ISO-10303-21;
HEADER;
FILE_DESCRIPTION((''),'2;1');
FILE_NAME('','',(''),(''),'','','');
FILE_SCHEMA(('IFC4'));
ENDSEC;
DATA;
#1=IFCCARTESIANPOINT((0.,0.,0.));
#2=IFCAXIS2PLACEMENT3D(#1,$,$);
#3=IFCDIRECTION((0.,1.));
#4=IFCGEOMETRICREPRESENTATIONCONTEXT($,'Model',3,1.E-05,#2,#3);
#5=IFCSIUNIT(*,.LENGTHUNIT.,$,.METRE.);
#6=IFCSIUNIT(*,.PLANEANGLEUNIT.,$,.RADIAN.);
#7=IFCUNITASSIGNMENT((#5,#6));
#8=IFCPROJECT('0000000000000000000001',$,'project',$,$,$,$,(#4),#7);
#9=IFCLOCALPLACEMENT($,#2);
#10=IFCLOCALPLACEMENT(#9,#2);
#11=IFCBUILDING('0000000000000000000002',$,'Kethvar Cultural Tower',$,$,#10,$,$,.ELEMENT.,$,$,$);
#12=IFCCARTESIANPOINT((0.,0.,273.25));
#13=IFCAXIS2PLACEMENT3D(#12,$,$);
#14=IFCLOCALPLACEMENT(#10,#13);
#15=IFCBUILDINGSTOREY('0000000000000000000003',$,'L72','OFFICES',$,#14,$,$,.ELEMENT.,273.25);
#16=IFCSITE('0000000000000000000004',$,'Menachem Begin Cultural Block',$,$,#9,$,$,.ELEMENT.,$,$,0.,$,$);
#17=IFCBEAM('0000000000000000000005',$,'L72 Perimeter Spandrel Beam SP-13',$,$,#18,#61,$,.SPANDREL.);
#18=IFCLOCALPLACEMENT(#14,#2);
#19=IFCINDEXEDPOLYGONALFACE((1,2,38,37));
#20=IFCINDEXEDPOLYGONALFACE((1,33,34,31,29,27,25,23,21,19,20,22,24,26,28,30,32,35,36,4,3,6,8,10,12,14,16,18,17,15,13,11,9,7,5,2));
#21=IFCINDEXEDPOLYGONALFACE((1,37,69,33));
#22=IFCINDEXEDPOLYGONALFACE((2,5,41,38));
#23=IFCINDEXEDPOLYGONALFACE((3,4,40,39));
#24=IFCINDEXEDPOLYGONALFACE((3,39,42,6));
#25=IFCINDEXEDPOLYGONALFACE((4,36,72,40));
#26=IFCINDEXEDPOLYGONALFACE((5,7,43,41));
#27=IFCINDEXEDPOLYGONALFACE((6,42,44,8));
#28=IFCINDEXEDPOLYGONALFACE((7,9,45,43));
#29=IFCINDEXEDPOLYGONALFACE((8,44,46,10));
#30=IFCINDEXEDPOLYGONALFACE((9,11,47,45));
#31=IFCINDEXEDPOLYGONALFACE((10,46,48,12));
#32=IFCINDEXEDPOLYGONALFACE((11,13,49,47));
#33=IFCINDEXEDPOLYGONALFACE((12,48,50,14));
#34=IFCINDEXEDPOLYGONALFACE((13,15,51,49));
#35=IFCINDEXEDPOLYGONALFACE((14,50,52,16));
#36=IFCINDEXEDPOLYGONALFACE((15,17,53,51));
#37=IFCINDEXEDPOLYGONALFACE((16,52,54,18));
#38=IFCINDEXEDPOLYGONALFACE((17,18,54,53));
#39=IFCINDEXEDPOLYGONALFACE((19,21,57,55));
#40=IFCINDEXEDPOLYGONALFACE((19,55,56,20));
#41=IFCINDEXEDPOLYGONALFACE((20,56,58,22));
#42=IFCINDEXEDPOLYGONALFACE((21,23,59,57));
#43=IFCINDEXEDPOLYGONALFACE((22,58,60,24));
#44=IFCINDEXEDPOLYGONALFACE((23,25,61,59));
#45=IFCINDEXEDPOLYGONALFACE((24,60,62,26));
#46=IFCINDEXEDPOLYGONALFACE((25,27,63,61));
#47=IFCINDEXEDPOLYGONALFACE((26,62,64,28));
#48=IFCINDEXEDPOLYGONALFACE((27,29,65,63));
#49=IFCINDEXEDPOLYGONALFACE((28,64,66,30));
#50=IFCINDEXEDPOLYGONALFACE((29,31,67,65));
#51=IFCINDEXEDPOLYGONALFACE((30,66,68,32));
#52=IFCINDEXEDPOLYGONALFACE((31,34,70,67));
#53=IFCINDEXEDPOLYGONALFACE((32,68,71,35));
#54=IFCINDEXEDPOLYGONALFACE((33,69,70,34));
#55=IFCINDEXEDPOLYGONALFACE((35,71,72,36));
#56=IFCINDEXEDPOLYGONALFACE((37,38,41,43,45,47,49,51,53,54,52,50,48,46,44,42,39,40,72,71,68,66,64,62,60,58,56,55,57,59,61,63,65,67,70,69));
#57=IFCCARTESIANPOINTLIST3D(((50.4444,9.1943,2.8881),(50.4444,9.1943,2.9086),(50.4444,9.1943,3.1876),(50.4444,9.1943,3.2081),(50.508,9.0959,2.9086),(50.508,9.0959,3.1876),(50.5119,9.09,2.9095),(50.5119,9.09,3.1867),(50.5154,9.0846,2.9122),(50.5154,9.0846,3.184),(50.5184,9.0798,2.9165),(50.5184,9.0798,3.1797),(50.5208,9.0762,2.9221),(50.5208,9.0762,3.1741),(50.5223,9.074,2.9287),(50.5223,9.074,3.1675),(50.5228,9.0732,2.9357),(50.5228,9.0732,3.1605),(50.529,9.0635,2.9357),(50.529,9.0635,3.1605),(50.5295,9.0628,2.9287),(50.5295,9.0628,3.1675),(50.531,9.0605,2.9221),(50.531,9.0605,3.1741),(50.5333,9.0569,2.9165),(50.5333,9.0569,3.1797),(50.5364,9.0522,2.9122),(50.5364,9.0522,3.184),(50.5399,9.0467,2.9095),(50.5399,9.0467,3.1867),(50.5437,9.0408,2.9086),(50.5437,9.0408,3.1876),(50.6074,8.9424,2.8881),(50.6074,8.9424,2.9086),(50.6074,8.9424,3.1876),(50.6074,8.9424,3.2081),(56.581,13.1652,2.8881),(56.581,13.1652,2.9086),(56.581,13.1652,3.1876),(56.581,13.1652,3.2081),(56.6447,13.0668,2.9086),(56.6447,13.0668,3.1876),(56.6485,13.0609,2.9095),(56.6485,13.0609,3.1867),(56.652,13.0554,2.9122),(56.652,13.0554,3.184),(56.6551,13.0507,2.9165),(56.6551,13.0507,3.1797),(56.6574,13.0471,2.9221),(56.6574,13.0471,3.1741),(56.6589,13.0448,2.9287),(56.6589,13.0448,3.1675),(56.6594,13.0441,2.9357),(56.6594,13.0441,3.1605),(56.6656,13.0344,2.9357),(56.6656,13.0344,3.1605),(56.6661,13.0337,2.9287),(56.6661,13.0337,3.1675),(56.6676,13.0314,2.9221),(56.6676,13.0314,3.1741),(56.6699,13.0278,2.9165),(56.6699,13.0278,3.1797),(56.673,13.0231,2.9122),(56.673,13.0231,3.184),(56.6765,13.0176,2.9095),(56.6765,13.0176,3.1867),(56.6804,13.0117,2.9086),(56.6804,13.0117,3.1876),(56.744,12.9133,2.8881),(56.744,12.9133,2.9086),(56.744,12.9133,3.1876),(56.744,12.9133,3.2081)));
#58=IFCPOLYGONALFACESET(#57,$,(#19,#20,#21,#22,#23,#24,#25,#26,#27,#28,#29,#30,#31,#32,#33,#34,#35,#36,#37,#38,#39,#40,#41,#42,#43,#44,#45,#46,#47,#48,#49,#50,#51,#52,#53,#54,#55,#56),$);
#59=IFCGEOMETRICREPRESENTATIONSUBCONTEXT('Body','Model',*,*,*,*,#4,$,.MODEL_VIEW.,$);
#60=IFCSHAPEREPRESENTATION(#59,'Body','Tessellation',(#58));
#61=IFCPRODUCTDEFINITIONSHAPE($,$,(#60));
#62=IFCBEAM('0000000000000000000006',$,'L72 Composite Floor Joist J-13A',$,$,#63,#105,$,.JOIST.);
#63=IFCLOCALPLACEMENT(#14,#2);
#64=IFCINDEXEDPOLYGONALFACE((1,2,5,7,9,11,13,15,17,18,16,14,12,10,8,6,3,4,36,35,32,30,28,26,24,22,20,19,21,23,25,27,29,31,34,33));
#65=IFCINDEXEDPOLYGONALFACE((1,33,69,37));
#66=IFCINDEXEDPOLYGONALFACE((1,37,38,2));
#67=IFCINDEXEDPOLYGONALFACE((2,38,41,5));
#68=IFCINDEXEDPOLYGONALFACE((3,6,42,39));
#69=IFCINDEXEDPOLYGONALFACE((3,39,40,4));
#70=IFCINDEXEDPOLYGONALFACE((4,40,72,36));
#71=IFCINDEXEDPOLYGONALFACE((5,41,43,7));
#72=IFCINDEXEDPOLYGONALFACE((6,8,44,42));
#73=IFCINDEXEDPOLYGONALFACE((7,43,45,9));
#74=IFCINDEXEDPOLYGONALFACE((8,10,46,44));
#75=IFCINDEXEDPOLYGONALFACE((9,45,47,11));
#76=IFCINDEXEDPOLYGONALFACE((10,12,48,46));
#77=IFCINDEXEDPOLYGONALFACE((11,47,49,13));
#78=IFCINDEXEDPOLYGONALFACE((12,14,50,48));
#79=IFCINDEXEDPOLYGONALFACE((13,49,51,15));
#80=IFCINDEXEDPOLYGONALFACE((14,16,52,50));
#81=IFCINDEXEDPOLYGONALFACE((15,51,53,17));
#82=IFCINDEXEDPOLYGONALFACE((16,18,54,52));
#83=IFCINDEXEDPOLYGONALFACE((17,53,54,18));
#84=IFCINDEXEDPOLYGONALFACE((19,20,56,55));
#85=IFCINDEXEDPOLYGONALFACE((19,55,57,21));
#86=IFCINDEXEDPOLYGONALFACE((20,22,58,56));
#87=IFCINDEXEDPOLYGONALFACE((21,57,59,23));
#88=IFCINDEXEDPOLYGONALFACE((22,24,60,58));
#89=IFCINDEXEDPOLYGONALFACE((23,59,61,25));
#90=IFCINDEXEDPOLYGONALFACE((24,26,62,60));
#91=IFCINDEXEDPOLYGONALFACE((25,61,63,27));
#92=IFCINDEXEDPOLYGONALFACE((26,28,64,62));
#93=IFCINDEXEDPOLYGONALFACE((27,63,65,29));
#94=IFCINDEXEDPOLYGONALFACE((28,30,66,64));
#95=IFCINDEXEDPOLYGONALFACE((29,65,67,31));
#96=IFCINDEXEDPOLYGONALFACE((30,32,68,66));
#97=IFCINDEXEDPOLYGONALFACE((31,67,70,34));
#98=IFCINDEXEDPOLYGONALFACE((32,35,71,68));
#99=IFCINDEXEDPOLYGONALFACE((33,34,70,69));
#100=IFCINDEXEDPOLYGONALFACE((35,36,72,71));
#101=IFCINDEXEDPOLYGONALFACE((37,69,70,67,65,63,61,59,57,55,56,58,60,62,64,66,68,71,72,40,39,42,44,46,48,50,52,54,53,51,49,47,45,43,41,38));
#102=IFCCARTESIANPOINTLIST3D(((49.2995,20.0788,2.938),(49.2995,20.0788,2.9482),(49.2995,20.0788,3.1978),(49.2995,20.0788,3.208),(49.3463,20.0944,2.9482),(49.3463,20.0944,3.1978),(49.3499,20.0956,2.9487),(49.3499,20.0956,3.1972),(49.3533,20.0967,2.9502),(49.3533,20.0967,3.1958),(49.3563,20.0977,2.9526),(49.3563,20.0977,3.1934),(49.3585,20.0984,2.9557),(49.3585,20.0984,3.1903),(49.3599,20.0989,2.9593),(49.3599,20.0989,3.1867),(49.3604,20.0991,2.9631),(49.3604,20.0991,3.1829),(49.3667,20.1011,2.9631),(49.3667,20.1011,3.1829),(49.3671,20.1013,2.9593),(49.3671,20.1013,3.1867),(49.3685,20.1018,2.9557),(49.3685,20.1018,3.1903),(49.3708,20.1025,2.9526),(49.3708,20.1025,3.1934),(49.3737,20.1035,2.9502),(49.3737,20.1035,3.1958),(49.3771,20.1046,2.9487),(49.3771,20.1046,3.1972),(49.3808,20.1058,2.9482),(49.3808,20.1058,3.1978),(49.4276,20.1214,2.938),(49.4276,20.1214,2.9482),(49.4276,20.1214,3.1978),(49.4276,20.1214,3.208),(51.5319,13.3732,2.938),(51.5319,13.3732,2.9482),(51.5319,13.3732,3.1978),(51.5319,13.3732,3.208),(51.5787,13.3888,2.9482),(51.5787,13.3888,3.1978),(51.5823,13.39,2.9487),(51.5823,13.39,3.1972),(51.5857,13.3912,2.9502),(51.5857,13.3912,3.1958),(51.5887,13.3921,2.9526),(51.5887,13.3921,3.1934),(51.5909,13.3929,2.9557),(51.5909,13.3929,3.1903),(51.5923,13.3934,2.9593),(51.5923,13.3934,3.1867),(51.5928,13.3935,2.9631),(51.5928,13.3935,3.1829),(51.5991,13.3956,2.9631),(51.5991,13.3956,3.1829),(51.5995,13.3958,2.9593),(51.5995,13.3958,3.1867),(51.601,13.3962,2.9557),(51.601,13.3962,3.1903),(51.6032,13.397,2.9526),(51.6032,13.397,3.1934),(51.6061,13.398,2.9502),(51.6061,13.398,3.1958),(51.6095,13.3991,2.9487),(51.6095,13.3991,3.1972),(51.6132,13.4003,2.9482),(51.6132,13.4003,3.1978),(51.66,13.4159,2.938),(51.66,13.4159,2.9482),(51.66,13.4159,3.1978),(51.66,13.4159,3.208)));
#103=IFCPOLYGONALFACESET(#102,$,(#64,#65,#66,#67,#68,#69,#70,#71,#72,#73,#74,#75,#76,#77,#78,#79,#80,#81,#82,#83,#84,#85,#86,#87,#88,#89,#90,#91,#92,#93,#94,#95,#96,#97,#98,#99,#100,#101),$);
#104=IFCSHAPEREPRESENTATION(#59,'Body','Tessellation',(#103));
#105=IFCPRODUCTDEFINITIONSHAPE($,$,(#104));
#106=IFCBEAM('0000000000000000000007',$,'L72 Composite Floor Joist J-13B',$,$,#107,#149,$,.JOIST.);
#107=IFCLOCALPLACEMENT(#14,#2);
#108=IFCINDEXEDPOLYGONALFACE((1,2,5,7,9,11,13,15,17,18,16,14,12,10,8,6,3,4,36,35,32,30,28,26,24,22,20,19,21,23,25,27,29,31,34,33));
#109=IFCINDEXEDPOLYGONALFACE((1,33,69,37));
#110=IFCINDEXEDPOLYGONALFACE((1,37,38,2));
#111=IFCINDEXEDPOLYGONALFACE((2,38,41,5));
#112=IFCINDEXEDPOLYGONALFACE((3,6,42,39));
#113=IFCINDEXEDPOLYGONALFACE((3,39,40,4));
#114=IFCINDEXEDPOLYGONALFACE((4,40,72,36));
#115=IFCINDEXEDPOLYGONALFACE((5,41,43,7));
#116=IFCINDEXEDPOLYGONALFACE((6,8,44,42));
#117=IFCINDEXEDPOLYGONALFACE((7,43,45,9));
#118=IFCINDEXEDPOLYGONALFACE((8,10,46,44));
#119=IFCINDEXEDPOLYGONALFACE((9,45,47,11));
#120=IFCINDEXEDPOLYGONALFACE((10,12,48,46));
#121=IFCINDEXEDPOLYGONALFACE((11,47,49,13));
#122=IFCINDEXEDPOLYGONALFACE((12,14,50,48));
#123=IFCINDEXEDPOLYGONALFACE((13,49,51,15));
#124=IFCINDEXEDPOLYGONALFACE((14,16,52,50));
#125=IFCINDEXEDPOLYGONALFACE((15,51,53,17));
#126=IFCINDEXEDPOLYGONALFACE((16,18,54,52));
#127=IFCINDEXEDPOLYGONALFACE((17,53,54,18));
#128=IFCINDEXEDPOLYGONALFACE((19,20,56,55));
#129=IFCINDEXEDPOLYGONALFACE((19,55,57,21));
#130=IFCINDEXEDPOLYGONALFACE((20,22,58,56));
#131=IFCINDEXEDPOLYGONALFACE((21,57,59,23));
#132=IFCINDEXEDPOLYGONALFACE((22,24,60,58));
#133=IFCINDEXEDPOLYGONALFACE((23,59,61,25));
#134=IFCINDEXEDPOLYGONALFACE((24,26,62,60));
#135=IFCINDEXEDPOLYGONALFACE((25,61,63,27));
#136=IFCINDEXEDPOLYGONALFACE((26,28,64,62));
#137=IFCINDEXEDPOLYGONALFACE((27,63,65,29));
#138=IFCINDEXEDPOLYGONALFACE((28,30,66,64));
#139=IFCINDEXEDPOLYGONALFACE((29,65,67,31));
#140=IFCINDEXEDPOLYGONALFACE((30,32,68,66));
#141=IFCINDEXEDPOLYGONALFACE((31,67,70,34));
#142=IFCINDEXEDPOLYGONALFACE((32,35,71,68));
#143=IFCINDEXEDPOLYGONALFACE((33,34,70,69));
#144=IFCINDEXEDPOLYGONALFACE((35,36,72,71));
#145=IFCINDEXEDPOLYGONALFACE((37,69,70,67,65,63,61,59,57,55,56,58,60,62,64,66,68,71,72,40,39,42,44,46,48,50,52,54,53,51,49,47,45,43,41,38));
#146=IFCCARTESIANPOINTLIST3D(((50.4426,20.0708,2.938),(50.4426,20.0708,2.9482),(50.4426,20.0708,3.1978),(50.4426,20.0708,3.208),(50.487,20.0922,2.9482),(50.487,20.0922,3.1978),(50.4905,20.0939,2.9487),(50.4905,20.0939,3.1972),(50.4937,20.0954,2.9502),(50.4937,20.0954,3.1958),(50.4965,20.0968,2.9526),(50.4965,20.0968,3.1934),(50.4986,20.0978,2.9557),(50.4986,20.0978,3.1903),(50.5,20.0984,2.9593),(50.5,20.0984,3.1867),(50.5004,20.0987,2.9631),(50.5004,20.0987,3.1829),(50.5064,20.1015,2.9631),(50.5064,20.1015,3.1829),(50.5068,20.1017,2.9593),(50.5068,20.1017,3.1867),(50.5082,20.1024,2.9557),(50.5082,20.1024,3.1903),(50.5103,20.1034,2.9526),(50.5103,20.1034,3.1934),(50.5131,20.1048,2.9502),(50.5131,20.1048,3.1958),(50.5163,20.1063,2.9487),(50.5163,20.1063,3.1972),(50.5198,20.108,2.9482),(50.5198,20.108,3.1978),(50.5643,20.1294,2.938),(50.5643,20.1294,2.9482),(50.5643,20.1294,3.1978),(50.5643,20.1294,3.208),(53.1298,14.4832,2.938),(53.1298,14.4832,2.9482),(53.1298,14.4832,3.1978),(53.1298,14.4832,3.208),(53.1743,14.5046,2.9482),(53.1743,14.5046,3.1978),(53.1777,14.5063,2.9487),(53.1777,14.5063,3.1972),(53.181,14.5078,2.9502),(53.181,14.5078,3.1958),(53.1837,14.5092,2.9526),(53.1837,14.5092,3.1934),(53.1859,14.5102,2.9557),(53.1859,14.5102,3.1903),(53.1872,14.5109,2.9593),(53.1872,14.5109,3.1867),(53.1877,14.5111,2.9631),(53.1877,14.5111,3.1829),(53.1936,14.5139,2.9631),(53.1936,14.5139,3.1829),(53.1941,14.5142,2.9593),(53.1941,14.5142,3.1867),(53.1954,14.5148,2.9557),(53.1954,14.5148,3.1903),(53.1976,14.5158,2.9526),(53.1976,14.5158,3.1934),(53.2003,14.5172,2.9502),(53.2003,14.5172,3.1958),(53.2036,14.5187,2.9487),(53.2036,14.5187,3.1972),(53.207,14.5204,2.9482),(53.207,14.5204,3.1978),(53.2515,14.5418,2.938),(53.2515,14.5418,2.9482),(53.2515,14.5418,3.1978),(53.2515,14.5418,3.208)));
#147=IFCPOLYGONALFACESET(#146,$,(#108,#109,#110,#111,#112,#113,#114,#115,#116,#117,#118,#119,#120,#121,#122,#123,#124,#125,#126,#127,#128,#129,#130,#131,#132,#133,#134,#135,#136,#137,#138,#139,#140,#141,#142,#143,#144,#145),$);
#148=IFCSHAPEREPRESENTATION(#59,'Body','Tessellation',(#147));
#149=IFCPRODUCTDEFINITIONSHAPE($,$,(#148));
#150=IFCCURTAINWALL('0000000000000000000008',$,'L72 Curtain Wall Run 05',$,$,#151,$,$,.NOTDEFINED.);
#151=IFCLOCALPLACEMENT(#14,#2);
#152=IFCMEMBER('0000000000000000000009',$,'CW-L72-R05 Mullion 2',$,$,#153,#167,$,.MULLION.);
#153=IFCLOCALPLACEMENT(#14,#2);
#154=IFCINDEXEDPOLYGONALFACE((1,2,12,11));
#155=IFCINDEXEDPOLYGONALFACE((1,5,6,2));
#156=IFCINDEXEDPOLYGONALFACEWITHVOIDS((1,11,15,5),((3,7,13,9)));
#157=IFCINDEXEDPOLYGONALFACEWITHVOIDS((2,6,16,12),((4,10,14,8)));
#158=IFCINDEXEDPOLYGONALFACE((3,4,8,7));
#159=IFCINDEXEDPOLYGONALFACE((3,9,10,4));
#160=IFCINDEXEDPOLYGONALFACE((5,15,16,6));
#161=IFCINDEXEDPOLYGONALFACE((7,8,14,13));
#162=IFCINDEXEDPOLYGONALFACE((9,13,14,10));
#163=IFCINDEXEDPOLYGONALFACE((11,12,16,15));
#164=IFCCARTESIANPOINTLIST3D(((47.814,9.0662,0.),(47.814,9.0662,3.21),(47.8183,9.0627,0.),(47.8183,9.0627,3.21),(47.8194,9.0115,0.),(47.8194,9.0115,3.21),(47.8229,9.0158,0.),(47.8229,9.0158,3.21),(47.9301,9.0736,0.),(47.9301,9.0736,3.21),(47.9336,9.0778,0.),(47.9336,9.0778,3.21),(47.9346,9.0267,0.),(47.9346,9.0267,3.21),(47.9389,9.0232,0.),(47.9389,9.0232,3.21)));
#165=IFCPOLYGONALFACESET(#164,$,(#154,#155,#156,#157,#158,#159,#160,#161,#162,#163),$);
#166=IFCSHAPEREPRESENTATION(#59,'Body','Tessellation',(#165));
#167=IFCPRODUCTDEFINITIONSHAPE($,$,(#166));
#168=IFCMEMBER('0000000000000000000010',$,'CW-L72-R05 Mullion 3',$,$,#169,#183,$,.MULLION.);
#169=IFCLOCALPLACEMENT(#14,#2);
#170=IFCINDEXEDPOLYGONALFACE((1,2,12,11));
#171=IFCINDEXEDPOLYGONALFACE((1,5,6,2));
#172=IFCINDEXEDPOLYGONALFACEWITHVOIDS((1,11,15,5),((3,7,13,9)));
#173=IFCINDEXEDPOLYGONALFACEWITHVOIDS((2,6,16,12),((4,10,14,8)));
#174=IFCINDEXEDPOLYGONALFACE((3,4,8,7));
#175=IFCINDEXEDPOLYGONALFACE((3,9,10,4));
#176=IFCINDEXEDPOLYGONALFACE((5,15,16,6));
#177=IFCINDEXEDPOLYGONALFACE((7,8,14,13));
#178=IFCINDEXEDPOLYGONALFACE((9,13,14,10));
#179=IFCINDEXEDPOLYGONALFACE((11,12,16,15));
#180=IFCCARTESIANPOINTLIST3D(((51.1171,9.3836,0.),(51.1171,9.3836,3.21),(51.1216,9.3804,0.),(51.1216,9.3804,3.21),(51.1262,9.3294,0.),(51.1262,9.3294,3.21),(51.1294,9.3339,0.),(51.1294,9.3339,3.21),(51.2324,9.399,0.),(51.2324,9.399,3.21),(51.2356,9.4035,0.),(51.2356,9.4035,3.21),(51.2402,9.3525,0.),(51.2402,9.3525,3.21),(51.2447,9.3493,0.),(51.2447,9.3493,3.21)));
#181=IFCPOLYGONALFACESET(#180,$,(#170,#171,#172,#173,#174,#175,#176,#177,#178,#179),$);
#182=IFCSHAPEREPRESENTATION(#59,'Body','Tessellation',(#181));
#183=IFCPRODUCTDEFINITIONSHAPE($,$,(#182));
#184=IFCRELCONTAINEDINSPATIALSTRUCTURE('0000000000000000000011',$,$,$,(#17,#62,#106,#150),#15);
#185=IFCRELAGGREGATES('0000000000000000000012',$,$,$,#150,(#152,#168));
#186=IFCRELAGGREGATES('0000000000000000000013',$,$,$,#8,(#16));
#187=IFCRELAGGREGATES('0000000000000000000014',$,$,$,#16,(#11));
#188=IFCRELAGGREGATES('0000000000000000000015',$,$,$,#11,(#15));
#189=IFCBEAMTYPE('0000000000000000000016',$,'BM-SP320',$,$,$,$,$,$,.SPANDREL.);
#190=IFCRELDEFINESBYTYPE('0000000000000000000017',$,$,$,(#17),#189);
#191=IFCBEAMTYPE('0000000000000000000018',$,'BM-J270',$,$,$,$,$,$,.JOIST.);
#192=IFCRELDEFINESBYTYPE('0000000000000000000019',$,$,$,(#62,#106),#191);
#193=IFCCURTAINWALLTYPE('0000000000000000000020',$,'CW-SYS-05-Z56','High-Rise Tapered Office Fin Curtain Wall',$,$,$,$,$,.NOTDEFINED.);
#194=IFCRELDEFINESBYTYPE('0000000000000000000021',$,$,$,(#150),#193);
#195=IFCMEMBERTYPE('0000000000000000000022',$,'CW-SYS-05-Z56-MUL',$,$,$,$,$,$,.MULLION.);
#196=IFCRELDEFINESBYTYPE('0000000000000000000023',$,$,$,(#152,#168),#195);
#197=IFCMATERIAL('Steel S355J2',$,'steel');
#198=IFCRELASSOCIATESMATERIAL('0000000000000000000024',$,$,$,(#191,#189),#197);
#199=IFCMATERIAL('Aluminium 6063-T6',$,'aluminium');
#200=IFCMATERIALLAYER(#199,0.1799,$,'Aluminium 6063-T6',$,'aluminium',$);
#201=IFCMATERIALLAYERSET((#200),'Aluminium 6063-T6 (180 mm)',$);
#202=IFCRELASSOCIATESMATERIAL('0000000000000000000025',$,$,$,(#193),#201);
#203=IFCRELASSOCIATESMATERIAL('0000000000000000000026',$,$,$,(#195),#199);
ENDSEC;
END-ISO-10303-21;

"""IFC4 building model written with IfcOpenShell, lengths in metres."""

from ifc_helpers import new_model, si_unit, direction, frame, origin, origin_2d, place, context, subcontext, project, spatial, hollow_rectangle, i_section, extrude, source, transform, mapped, material, layer, layer_set, material_profile, profile_set, type_object, element, aggregate, save


model = new_model("IFC4")

# Units and contexts
model_context = context("Model", 3, precision=1e-05, world=origin(), true_north=direction((0.0, 1.0)))
body_context = subcontext(model_context, "Body", "Model", "MODEL_VIEW")
ifc_project = project(units=[si_unit("LENGTHUNIT", "METRE"), si_unit("PLANEANGLEUNIT", "RADIAN")], contexts=[model_context])

# Site, building, storey
site_placement = place(None, origin())
site = spatial("IfcSite", under=ifc_project, at=site_placement, Name="Menachem Begin Cultural Block", CompositionType="ELEMENT", RefElevation=0.0)
building_placement = place(site_placement, origin())
building = spatial("IfcBuilding", under=site, at=building_placement, Name="Kethvar Cultural Tower", CompositionType="ELEMENT")
storey_placement = place(building_placement, frame((0.0, 0.0, 273.25)))
storey = spatial("IfcBuildingStorey", under=building, at=storey_placement, Name="L72", Description="OFFICES", CompositionType="ELEMENT", Elevation=273.25)

# Shared definitions
ifc_material_1 = material(Name="Steel S355J2", Category="steel")

# Beams
ifc_material_profile_1 = material_profile(ifc_material_1, i_section(OverallWidth=0.135, OverallDepth=0.27, WebThickness=0.0066, FlangeThickness=0.0103, FilletRadius=0.0149, at=origin_2d()), Name="Steel S355J2 — IPE270")
ifc_profile_set_1 = profile_set([ifc_material_profile_1], Name="Steel S355J2 — IPE270")
beam_type_1 = type_object("IfcBeamType", Name="BM-J270", PredefinedType="JOIST", material=ifc_profile_set_1)
ifc_material_profile_2 = material_profile(ifc_material_1, i_section(OverallWidth=0.3, OverallDepth=0.3201, WebThickness=0.0115, FlangeThickness=0.0205, FilletRadius=0.0271, at=origin_2d()), Name="Steel S355J2 — HEB320")
ifc_profile_set_2 = profile_set([ifc_material_profile_2], Name="Steel S355J2 — HEB320")
beam_type_2 = type_object("IfcBeamType", Name="BM-SP320", PredefinedType="SPANDREL", material=ifc_profile_set_2)
shared_shape_1 = source(origin(), body_context, "Body", "SweptSolid", [
    extrude(i_section(OverallWidth=0.3, OverallDepth=0.3201, WebThickness=0.0115, FlangeThickness=0.0205, FilletRadius=0.0271, at=origin_2d()), origin(), (0.0, 0.0, 1.0), 7.3093),
])
beam_1_placement = place(storey_placement, frame((50.5259, 9.0684, 3.0481), z_axis=(0.839562, 0.543264, 0.0), x_axis=(-0.543264, 0.839562, 0.0)))
element("IfcBeam", 1, at=beam_1_placement, inside=storey, type_object=beam_type_2, Name="L72 Perimeter Spandrel Beam SP-13", PredefinedType="SPANDREL", context=body_context, shape_type="MappedRepresentation", body=[
    mapped(shared_shape_1, transform((0.0, 0.0, 0.0), scale=1.0)),
])
shared_shape_2 = source(origin(), body_context, "Body", "SweptSolid", [
    extrude(i_section(OverallWidth=0.135, OverallDepth=0.27, WebThickness=0.0066, FlangeThickness=0.0103, FilletRadius=0.0149, at=origin_2d()), origin(), (0.0, 0.0, 1.0), 7.0674),
])
beam_2_placement = place(storey_placement, frame((49.3635, 20.1001, 3.073), z_axis=(0.315875, -0.948801, 0.0), x_axis=(0.948801, 0.315875, 0.0)))
element("IfcBeam", 2, at=beam_2_placement, inside=storey, type_object=beam_type_1, Name="L72 Composite Floor Joist J-13A", PredefinedType="JOIST", context=body_context, shape_type="MappedRepresentation", body=[
    mapped(shared_shape_2, transform((0.0, 0.0, 0.0), scale=1.0)),
])
shared_shape_3 = source(origin(), body_context, "Body", "SweptSolid", [
    extrude(i_section(OverallWidth=0.135, OverallDepth=0.27, WebThickness=0.0066, FlangeThickness=0.0103, FilletRadius=0.0149, at=origin_2d()), origin(), (0.0, 0.0, 1.0), 6.2002),
])
beam_3_placement = place(storey_placement, frame((50.5034, 20.1001, 3.073), z_axis=(0.433411, -0.901197, 0.0), x_axis=(0.901197, 0.433411, 0.0)))
element("IfcBeam", 3, at=beam_3_placement, inside=storey, type_object=beam_type_1, Name="L72 Composite Floor Joist J-13B", PredefinedType="JOIST", context=body_context, shape_type="MappedRepresentation", body=[
    mapped(shared_shape_3, transform((0.0, 0.0, 0.0), scale=1.0)),
])

# Curtain wall, members
ifc_material_2 = material(Name="Aluminium 6063-T6", Category="aluminium")
ifc_layer_1 = layer(ifc_material_2, 0.1799, Name="Aluminium 6063-T6", Category="aluminium")
ifc_layer_set_1 = layer_set([ifc_layer_1], Name="Aluminium 6063-T6 (180 mm)")
curtain_wall_type = type_object("IfcCurtainWallType", Name="CW-SYS-05-Z56", Description="High-Rise Tapered Office Fin Curtain Wall", PredefinedType="NOTDEFINED", material=ifc_layer_set_1)
curtain_wall_placement = place(storey_placement, origin())
curtain_wall = element("IfcCurtainWall", 4, at=curtain_wall_placement, inside=storey, type_object=curtain_wall_type, Name="L72 Curtain Wall Run 05", PredefinedType="NOTDEFINED")
ifc_material_profile_3 = material_profile(ifc_material_2, hollow_rectangle(XDim=0.0549, YDim=0.1201, WallThickness=0.0039, at=origin_2d()), Name="Aluminium 6063-T6 — RHS120x55x4")
ifc_profile_set_3 = profile_set([ifc_material_profile_3], Name="Aluminium 6063-T6 — RHS120x55x4")
member_type_1 = type_object("IfcMemberType", Name="CW-SYS-05-Z56-MUL", PredefinedType="MULLION", material=ifc_profile_set_3)
shared_shape_4 = source(origin(), body_context, "Body", "SweptSolid", [
    extrude(hollow_rectangle(XDim=0.0549, YDim=0.1201, WallThickness=0.0039, at=origin_2d()), origin(), (0.0, 0.0, 1.0), 3.21),
])
member_1_placement = place(storey_placement, frame((47.8765, 9.0447, 0.0), z_axis=(0.0, 0.0, 1.0), x_axis=(-0.097027, 0.995282, 0.0)))
member_1 = element("IfcMember", 5, at=member_1_placement, type_object=member_type_1, Name="CW-L72-R05 Mullion 2", PredefinedType="MULLION", context=body_context, shape_type="MappedRepresentation", body=[
    mapped(shared_shape_4, transform((0.0, 0.0, 0.0), scale=1.0)),
])
member_2_placement = place(storey_placement, frame((51.1809, 9.3665, 0.0), z_axis=(0.0, 0.0, 1.0), x_axis=(-0.165977, 0.98613, 0.0)))
member_2 = element("IfcMember", 6, at=member_2_placement, type_object=member_type_1, Name="CW-L72-R05 Mullion 3", PredefinedType="MULLION", context=body_context, shape_type="MappedRepresentation", body=[
    mapped(shared_shape_4, transform((0.0, 0.0, 0.0), scale=1.0)),
])
aggregate(curtain_wall, [member_1, member_2])

save(model, "model.ifc")
